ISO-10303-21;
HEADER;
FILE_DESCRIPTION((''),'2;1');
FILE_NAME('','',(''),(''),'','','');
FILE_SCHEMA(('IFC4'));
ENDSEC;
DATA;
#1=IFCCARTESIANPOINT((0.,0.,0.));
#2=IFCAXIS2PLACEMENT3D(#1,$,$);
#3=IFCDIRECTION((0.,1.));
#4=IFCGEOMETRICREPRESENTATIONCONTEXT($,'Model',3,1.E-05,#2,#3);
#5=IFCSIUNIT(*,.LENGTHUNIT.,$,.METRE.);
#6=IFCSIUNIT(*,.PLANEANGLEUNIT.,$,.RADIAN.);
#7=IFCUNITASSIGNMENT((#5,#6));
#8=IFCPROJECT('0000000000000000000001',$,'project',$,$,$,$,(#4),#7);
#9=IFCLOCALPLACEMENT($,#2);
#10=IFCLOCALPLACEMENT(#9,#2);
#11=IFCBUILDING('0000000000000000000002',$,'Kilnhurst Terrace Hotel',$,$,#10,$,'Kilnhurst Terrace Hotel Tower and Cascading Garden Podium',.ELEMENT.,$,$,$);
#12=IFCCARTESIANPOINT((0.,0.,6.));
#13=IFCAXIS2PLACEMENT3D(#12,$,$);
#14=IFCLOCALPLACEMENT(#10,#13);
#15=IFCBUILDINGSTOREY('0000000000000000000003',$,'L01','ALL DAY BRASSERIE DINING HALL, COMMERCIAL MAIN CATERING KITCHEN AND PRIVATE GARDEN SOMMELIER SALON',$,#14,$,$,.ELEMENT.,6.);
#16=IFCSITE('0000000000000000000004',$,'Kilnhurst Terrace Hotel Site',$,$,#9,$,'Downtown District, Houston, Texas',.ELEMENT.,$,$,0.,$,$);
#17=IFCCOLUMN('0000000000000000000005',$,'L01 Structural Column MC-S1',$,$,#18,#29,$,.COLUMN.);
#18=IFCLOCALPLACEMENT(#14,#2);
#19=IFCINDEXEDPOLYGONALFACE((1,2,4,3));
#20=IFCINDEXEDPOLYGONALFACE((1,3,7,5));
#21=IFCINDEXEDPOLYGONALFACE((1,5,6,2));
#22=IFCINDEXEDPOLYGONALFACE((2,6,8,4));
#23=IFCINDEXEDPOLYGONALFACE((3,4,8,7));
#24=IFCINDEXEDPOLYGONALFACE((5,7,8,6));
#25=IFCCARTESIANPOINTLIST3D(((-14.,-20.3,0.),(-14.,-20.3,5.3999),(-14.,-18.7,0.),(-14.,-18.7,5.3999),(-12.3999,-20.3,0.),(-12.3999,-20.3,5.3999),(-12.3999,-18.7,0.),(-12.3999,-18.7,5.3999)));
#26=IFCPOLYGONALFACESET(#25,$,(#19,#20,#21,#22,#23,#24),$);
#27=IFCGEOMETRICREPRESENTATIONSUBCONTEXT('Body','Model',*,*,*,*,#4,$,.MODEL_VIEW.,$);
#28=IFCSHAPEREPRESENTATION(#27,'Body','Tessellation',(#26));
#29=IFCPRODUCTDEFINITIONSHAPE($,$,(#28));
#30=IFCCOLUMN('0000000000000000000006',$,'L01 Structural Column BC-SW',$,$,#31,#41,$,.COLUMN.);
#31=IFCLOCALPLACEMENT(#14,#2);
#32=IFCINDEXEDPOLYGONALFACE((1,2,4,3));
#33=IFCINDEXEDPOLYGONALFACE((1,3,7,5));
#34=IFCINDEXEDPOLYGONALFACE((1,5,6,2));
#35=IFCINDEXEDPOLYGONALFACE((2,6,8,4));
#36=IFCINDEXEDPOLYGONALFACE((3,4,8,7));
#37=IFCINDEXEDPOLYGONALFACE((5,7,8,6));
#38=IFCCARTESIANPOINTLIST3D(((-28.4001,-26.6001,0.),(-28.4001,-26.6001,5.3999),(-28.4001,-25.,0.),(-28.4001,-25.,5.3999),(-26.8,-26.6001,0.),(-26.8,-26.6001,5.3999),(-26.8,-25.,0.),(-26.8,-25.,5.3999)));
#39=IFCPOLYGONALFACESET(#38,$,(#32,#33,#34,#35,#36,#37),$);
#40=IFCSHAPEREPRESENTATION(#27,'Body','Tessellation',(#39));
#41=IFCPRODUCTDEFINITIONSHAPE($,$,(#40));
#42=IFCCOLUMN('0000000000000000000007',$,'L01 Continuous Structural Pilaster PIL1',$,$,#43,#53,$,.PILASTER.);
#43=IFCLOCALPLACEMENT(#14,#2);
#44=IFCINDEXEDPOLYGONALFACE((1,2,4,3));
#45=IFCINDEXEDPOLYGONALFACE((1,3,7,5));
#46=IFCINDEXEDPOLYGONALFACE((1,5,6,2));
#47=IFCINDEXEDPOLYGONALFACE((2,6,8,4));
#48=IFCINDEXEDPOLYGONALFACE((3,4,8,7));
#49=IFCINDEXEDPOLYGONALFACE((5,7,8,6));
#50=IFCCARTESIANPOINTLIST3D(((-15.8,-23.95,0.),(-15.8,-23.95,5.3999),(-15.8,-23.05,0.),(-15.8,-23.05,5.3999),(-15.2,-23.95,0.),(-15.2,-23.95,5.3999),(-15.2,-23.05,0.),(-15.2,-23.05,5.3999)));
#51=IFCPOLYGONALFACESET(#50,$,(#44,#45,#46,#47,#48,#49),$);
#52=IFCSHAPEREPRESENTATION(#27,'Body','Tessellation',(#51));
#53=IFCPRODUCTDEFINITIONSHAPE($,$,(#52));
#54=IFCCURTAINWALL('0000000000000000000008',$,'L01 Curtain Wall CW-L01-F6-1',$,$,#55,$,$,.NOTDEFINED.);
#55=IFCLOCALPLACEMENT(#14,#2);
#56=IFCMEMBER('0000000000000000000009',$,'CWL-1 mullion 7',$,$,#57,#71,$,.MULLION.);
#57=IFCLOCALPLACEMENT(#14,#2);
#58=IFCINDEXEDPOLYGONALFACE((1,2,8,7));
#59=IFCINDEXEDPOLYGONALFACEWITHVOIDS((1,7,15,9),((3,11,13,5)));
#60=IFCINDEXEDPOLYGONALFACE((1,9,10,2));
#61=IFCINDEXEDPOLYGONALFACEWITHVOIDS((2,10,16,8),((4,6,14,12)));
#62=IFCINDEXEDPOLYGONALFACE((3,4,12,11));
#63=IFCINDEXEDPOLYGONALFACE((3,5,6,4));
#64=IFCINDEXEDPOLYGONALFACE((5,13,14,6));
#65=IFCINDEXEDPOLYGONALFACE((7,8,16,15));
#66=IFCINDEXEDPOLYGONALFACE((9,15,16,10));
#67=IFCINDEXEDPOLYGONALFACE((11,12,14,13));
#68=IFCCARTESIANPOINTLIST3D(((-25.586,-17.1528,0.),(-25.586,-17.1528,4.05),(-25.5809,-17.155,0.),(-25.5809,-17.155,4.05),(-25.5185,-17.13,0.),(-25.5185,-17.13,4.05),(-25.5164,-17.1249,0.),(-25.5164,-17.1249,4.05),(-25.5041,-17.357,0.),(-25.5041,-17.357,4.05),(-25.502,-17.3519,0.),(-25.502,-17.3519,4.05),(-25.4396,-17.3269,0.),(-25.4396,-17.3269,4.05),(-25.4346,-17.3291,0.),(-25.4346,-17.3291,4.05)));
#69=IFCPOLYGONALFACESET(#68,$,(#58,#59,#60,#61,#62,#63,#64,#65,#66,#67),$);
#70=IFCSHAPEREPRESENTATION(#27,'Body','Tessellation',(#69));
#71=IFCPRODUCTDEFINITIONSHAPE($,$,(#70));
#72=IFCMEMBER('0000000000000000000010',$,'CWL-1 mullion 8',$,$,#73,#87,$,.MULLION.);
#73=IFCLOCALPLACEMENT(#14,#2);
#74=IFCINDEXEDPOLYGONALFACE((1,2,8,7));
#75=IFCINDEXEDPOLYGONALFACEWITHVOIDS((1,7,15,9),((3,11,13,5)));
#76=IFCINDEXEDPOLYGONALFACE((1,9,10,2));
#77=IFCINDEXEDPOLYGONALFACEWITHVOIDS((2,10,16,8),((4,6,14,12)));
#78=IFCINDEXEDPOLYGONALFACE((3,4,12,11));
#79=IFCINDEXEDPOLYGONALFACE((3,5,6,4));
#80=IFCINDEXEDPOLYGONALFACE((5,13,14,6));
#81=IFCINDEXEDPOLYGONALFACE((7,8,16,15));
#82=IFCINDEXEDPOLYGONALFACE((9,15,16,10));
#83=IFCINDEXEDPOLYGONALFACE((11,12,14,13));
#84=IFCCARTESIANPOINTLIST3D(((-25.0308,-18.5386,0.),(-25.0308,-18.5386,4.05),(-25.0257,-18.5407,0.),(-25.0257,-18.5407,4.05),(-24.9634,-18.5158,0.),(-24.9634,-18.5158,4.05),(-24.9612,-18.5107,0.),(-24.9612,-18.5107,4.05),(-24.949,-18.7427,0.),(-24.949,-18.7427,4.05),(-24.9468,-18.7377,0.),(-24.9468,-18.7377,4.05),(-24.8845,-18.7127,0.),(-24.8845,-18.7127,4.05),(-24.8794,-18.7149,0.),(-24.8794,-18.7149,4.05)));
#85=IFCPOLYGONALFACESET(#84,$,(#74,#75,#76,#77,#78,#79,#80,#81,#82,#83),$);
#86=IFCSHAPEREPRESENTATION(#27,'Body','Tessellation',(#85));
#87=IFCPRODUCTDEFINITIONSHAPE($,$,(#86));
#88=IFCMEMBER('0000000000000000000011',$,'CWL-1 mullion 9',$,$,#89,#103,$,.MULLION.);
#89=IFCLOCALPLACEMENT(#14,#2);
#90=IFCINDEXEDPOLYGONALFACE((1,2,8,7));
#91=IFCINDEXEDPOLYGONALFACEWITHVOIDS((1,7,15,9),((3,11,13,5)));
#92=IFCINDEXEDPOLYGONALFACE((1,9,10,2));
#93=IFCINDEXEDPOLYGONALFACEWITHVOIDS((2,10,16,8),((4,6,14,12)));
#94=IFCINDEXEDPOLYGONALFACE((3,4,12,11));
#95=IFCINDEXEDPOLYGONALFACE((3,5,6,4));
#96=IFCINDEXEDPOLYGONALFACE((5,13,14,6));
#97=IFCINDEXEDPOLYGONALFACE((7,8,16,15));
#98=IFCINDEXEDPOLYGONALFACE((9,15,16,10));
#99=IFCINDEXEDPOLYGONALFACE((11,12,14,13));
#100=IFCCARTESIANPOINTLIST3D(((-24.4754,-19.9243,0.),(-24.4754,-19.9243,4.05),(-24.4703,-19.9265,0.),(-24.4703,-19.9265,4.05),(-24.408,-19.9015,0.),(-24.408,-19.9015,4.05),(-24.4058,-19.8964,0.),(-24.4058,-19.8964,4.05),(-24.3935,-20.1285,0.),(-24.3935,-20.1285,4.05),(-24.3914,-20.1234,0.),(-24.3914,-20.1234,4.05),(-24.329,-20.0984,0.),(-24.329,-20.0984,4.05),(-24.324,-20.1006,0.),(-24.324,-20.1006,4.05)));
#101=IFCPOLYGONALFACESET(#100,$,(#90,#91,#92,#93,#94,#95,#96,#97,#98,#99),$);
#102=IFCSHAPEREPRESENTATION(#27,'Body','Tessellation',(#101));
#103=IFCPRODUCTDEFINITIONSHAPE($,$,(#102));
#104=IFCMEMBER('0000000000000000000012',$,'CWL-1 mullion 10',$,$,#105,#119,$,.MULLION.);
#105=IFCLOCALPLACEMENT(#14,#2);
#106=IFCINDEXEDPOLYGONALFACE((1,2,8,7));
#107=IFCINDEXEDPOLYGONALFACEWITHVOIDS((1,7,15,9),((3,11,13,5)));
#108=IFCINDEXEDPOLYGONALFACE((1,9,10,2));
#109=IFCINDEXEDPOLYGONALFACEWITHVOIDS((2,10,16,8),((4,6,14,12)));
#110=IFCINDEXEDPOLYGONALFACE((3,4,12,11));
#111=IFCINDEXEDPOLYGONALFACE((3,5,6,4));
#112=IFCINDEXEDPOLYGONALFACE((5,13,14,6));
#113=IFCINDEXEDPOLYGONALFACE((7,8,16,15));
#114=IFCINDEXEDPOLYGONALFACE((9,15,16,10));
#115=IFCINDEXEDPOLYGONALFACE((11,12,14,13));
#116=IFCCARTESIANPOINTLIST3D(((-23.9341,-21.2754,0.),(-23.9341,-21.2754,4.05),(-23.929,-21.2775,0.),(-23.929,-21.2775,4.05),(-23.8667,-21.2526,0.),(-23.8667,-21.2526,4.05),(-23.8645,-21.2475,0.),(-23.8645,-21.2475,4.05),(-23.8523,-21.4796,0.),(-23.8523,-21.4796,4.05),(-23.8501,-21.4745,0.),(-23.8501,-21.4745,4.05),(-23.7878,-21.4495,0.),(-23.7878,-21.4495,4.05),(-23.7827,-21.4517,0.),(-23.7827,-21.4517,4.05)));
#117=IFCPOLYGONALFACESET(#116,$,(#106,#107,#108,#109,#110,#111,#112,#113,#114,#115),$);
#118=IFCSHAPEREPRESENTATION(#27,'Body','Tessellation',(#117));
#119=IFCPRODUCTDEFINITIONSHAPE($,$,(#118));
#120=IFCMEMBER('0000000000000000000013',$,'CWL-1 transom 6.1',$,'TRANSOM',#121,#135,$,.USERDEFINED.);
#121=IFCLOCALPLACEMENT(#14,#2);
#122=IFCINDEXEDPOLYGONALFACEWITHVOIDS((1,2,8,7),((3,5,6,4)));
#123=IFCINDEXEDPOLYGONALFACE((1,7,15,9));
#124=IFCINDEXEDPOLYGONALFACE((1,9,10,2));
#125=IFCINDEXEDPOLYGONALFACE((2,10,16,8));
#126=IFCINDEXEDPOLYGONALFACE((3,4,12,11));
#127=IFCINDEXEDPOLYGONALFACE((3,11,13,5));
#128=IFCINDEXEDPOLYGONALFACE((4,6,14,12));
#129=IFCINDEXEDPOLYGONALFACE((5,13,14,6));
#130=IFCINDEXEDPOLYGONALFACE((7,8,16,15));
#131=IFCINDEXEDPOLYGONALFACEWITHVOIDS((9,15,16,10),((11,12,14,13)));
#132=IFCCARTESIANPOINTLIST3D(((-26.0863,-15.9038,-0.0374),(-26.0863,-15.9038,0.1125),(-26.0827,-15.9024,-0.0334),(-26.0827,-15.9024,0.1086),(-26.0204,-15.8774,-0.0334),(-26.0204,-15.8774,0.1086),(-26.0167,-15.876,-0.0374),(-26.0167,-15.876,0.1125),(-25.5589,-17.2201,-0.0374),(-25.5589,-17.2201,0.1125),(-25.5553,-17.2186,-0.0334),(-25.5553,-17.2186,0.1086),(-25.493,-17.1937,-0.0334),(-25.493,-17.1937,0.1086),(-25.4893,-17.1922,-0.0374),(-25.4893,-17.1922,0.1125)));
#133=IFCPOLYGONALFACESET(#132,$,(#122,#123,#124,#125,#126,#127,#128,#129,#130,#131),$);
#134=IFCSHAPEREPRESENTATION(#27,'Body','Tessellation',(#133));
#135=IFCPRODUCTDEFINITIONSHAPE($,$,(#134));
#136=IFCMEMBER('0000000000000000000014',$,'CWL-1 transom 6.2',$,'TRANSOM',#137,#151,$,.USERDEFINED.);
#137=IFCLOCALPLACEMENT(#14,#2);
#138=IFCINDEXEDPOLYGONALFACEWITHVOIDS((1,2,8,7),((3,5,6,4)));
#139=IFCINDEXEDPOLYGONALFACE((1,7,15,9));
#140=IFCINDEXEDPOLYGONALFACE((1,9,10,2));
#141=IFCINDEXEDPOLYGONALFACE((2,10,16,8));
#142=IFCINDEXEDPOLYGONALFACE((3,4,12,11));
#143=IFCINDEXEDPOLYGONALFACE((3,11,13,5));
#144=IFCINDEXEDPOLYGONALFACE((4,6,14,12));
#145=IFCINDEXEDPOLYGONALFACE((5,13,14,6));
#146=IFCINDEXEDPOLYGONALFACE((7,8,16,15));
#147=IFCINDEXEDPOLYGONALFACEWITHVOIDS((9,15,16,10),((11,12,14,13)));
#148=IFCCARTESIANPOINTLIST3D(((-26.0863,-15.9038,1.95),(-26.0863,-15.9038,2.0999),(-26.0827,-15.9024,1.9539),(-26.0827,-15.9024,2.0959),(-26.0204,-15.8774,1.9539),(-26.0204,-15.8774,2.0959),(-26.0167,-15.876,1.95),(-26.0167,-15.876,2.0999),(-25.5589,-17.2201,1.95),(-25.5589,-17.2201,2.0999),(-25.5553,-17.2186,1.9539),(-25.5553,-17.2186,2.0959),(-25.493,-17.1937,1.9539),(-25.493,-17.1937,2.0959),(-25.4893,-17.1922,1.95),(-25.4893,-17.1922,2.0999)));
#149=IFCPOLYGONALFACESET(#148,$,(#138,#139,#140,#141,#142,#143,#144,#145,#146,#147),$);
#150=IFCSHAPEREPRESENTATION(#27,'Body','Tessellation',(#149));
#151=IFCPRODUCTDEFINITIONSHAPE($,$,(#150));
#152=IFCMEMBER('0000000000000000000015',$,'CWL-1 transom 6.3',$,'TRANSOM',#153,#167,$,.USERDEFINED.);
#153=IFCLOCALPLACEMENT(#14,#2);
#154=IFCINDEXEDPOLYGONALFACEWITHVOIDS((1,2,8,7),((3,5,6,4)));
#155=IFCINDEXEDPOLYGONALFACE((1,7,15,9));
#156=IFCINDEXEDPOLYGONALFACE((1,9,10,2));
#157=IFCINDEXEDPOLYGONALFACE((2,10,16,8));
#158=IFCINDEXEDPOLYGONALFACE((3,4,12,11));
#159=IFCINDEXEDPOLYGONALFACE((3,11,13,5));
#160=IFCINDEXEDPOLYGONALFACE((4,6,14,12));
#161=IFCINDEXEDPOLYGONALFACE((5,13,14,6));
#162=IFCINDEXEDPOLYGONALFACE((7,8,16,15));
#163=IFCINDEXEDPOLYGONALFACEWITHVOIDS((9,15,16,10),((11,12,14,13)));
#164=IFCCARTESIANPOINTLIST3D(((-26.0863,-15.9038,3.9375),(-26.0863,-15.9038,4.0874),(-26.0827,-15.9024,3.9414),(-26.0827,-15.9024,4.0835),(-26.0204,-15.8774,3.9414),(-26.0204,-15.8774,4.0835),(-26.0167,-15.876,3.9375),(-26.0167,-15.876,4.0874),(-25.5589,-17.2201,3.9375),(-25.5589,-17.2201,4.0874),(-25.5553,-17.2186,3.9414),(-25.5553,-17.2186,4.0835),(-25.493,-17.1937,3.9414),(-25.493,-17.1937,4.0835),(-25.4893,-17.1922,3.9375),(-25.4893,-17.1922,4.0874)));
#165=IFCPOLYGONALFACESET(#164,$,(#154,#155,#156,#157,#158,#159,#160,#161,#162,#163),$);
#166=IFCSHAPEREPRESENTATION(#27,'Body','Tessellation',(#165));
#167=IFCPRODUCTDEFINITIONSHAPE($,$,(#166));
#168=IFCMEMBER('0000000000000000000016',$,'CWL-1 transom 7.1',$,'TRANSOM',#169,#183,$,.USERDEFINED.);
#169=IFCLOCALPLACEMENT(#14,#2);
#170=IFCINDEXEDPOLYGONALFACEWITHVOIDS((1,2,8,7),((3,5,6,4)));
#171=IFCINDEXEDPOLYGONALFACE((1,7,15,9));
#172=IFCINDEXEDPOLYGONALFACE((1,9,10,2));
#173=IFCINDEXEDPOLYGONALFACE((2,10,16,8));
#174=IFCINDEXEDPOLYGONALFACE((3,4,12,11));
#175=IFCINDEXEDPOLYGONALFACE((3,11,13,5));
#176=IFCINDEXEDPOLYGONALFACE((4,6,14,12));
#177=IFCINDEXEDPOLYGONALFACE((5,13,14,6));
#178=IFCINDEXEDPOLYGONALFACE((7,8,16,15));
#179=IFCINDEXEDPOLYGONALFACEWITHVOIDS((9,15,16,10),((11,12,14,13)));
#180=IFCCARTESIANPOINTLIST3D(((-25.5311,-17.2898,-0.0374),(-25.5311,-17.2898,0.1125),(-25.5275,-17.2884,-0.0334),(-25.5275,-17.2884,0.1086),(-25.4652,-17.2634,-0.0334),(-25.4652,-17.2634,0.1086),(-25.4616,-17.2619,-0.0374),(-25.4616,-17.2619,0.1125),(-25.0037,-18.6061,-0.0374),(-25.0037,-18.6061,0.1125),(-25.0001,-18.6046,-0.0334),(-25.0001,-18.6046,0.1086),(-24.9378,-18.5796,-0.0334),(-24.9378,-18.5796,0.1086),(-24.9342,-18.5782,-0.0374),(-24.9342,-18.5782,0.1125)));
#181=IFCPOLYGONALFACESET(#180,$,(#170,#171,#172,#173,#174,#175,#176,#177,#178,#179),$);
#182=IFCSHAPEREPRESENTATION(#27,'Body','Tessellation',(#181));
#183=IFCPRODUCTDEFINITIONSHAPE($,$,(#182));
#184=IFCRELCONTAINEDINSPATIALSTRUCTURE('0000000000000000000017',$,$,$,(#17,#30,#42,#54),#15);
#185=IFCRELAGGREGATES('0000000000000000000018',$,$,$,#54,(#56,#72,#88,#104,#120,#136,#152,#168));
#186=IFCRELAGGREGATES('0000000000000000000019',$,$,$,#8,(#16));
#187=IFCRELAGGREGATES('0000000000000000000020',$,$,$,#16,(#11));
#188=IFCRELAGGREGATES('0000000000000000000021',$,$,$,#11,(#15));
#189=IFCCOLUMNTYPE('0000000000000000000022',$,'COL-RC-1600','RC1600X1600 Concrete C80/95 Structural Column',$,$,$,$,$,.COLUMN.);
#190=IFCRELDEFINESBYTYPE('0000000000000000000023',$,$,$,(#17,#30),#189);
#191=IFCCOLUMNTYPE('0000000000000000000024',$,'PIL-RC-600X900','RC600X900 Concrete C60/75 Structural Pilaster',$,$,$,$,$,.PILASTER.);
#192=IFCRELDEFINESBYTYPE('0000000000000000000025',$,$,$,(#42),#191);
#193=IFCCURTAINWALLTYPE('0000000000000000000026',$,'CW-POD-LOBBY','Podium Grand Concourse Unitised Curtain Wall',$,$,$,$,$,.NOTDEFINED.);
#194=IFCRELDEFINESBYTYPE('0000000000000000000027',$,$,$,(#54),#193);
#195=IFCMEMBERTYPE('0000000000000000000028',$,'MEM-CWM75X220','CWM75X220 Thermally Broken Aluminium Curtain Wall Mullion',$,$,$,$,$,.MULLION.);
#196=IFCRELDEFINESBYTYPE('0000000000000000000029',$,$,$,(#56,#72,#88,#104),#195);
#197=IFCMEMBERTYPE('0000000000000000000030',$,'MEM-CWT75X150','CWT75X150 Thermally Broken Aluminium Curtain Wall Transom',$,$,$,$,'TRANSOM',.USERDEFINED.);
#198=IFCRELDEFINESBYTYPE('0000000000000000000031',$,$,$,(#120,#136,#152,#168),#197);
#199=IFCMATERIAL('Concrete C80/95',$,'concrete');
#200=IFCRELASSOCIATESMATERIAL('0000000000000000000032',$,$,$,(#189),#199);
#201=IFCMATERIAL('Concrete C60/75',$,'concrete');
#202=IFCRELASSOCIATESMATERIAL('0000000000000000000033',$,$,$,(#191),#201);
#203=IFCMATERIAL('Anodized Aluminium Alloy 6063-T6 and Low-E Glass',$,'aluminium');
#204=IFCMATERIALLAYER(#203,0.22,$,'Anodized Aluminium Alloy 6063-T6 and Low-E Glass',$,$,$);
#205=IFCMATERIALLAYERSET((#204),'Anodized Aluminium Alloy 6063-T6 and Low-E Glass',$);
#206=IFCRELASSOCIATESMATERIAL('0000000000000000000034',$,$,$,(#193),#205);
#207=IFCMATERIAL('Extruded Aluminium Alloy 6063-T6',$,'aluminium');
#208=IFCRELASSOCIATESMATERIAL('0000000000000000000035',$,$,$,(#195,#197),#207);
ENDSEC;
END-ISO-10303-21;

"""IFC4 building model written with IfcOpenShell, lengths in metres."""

from ifc_helpers import new_model, si_unit, direction, frame, origin, origin_2d, place, context, subcontext, project, spatial, rectangle, hollow_rectangle, extrude, material, layer, layer_set, material_profile, profile_set, type_object, element, aggregate, save


model = new_model("IFC4")

# Units and contexts
model_context = context("Model", 3, precision=1e-05, world=origin(), true_north=direction((0.0, 1.0)))
body_context = subcontext(model_context, "Body", "Model", "MODEL_VIEW")
ifc_project = project(units=[si_unit("LENGTHUNIT", "METRE"), si_unit("PLANEANGLEUNIT", "RADIAN")], contexts=[model_context])

# Site, building, storey
site_placement = place(None, origin())
site = spatial("IfcSite", under=ifc_project, at=site_placement, Name="Kilnhurst Terrace Hotel Site", LongName="Downtown District, Houston, Texas", CompositionType="ELEMENT", RefElevation=0.0)
building_placement = place(site_placement, origin())
building = spatial("IfcBuilding", under=site, at=building_placement, Name="Kilnhurst Terrace Hotel", LongName="Kilnhurst Terrace Hotel Tower and Cascading Garden Podium", CompositionType="ELEMENT")
storey_placement = place(building_placement, frame((0.0, 0.0, 6.0)))
storey = spatial("IfcBuildingStorey", under=building, at=storey_placement, Name="L01", Description="ALL DAY BRASSERIE DINING HALL, COMMERCIAL MAIN CATERING KITCHEN AND PRIVATE GARDEN SOMMELIER SALON", CompositionType="ELEMENT", Elevation=6.0)

# Columns
ifc_material_1 = material(Name="Concrete C80/95", Category="concrete")
ifc_material_profile_1 = material_profile(ifc_material_1, rectangle(XDim=1.6001, YDim=1.6001, at=origin_2d()), Name="RC1600X1600")
ifc_profile_set_1 = profile_set([ifc_material_profile_1], Name="Concrete C80/95")
column_type_1 = type_object("IfcColumnType", Name="COL-RC-1600", Description="RC1600X1600 Concrete C80/95 Structural Column", PredefinedType="COLUMN", material=ifc_profile_set_1)
for number, where, z_axis, x_axis, name in (
    (1, (-13.2, -19.5, 0.0), (0.0, 0.0, 1.0), (1.0, 0.0, 0.0), "L01 Structural Column MC-S1"),
    (2, (-27.6001, -25.8, 0.0), (0.0, 0.0, 1.0), (1.0, 0.0, 0.0), "L01 Structural Column BC-SW"),
):
    element("IfcColumn", number, at=place(storey_placement, frame(where, z_axis=z_axis, x_axis=x_axis)), inside=storey, type_object=column_type_1, Name=name, PredefinedType="COLUMN", context=body_context, shape_type="SweptSolid", body=[
        extrude(rectangle(XDim=1.6001, YDim=1.6001, at=origin_2d()), origin(), (0.0, 0.0, 1.0), 5.3999),
    ])
ifc_material_2 = material(Name="Concrete C60/75", Category="concrete")
ifc_material_profile_2 = material_profile(ifc_material_2, rectangle(XDim=0.6001, YDim=0.8999, at=origin_2d()), Name="RC600X900")
ifc_profile_set_2 = profile_set([ifc_material_profile_2], Name="Concrete C60/75")
column_type_2 = type_object("IfcColumnType", Name="PIL-RC-600X900", Description="RC600X900 Concrete C60/75 Structural Pilaster", PredefinedType="PILASTER", material=ifc_profile_set_2)
column_placement = place(storey_placement, frame((-15.5, -23.5, 0.0), z_axis=(0.0, 0.0, 1.0), x_axis=(1.0, 0.0, 0.0)))
element("IfcColumn", 3, at=column_placement, inside=storey, type_object=column_type_2, Name="L01 Continuous Structural Pilaster PIL1", PredefinedType="PILASTER", context=body_context, shape_type="SweptSolid", body=[
    extrude(rectangle(XDim=0.6001, YDim=0.8999, at=origin_2d()), origin(), (0.0, 0.0, 1.0), 5.3999),
])

# Curtain wall, members
ifc_material_3 = material(Name="Anodized Aluminium Alloy 6063-T6 and Low-E Glass", Category="aluminium")
ifc_layer_1 = layer(ifc_material_3, 0.22, Name="Anodized Aluminium Alloy 6063-T6 and Low-E Glass")
ifc_layer_set_1 = layer_set([ifc_layer_1], Name="Anodized Aluminium Alloy 6063-T6 and Low-E Glass")
curtain_wall_type = type_object("IfcCurtainWallType", Name="CW-POD-LOBBY", Description="Podium Grand Concourse Unitised Curtain Wall", PredefinedType="NOTDEFINED", material=ifc_layer_set_1)
curtain_wall_placement = place(storey_placement, origin())
curtain_wall = element("IfcCurtainWall", 4, at=curtain_wall_placement, inside=storey, type_object=curtain_wall_type, Name="L01 Curtain Wall CW-L01-F6-1", PredefinedType="NOTDEFINED")
ifc_material_4 = material(Name="Extruded Aluminium Alloy 6063-T6", Category="aluminium")
ifc_material_profile_3 = material_profile(ifc_material_4, hollow_rectangle(XDim=0.075, YDim=0.22, WallThickness=0.0039, at=origin_2d()), Name="CWM75X220")
ifc_profile_set_3 = profile_set([ifc_material_profile_3], Name="Extruded Aluminium Alloy 6063-T6")
member_type_1 = type_object("IfcMemberType", Name="MEM-CWM75X220", Description="CWM75X220 Thermally Broken Aluminium Curtain Wall Mullion", PredefinedType="MULLION", material=ifc_profile_set_3)
member_1_placement = place(storey_placement, frame((-25.5103, -17.241, 0.0), z_axis=(0.0, 0.0, 1.0), x_axis=(0.928251, 0.371955, 0.0)))
member_1 = element("IfcMember", 5, at=member_1_placement, type_object=member_type_1, Name="CWL-1 mullion 7", PredefinedType="MULLION", context=body_context, shape_type="SweptSolid", body=[
    extrude(hollow_rectangle(XDim=0.075, YDim=0.22, WallThickness=0.0039, at=origin_2d()), origin(), (0.0, 0.0, 1.0), 4.05),
])
member_2_placement = place(storey_placement, frame((-24.9551, -18.6267, 0.0), z_axis=(0.0, 0.0, 1.0), x_axis=(0.928251, 0.371955, 0.0)))
member_2 = element("IfcMember", 6, at=member_2_placement, type_object=member_type_1, Name="CWL-1 mullion 8", PredefinedType="MULLION", context=body_context, shape_type="SweptSolid", body=[
    extrude(hollow_rectangle(XDim=0.075, YDim=0.22, WallThickness=0.0039, at=origin_2d()), origin(), (0.0, 0.0, 1.0), 4.05),
])
member_3_placement = place(storey_placement, frame((-24.3997, -20.0125, 0.0), z_axis=(0.0, 0.0, 1.0), x_axis=(0.928251, 0.371955, 0.0)))
member_3 = element("IfcMember", 7, at=member_3_placement, type_object=member_type_1, Name="CWL-1 mullion 9", PredefinedType="MULLION", context=body_context, shape_type="SweptSolid", body=[
    extrude(hollow_rectangle(XDim=0.075, YDim=0.22, WallThickness=0.0039, at=origin_2d()), origin(), (0.0, 0.0, 1.0), 4.05),
])
member_4_placement = place(storey_placement, frame((-23.8584, -21.3635, 0.0), z_axis=(0.0, 0.0, 1.0), x_axis=(0.928251, 0.371955, 0.0)))
member_4 = element("IfcMember", 8, at=member_4_placement, type_object=member_type_1, Name="CWL-1 mullion 10", PredefinedType="MULLION", context=body_context, shape_type="SweptSolid", body=[
    extrude(hollow_rectangle(XDim=0.075, YDim=0.22, WallThickness=0.0039, at=origin_2d()), origin(), (0.0, 0.0, 1.0), 4.05),
])
ifc_material_profile_4 = material_profile(ifc_material_4, hollow_rectangle(XDim=0.075, YDim=0.1499, WallThickness=0.0039, at=origin_2d()), Name="CWT75X150")
ifc_profile_set_4 = profile_set([ifc_material_profile_4], Name="Extruded Aluminium Alloy 6063-T6")
member_type_2 = type_object("IfcMemberType", Name="MEM-CWT75X150", Description="CWT75X150 Thermally Broken Aluminium Curtain Wall Transom", ElementType="TRANSOM", PredefinedType="USERDEFINED", material=ifc_profile_set_4)
member_5_placement = place(storey_placement, frame((-26.0515, -15.8899, 0.0376), z_axis=(0.371925, -0.928263, 0.0), x_axis=(0.928263, 0.371925, 0.0)))
member_5 = element("IfcMember", 9, at=member_5_placement, type_object=member_type_2, Name="CWL-1 transom 6.1", ObjectType="TRANSOM", PredefinedType="USERDEFINED", context=body_context, shape_type="SweptSolid", body=[
    extrude(hollow_rectangle(XDim=0.075, YDim=0.1499, WallThickness=0.0039, at=origin_2d()), origin(), (0.0, 0.0, 1.0), 1.418),
])
member_6_placement = place(storey_placement, frame((-26.0515, -15.8899, 2.0249), z_axis=(0.371925, -0.928263, 0.0), x_axis=(0.928263, 0.371925, 0.0)))
member_6 = element("IfcMember", 10, at=member_6_placement, type_object=member_type_2, Name="CWL-1 transom 6.2", ObjectType="TRANSOM", PredefinedType="USERDEFINED", context=body_context, shape_type="SweptSolid", body=[
    extrude(hollow_rectangle(XDim=0.075, YDim=0.1499, WallThickness=0.0039, at=origin_2d()), origin(), (0.0, 0.0, 1.0), 1.418),
])
member_7_placement = place(storey_placement, frame((-26.0515, -15.8899, 4.0125), z_axis=(0.371925, -0.928263, 0.0), x_axis=(0.928263, 0.371925, 0.0)))
member_7 = element("IfcMember", 11, at=member_7_placement, type_object=member_type_2, Name="CWL-1 transom 6.3", ObjectType="TRANSOM", PredefinedType="USERDEFINED", context=body_context, shape_type="SweptSolid", body=[
    extrude(hollow_rectangle(XDim=0.075, YDim=0.1499, WallThickness=0.0039, at=origin_2d()), origin(), (0.0, 0.0, 1.0), 1.418),
])
member_8_placement = place(storey_placement, frame((-25.4963, -17.2759, 0.0376), z_axis=(0.371925, -0.928263, 0.0), x_axis=(0.928263, 0.371925, 0.0)))
member_8 = element("IfcMember", 12, at=member_8_placement, type_object=member_type_2, Name="CWL-1 transom 7.1", ObjectType="TRANSOM", PredefinedType="USERDEFINED", context=body_context, shape_type="SweptSolid", body=[
    extrude(hollow_rectangle(XDim=0.075, YDim=0.1499, WallThickness=0.0039, at=origin_2d()), origin(), (0.0, 0.0, 1.0), 1.418),
])

aggregate(curtain_wall, [member_1, member_2, member_3, member_4, member_5, member_6, member_7, member_8])

save(model, "model.ifc")
